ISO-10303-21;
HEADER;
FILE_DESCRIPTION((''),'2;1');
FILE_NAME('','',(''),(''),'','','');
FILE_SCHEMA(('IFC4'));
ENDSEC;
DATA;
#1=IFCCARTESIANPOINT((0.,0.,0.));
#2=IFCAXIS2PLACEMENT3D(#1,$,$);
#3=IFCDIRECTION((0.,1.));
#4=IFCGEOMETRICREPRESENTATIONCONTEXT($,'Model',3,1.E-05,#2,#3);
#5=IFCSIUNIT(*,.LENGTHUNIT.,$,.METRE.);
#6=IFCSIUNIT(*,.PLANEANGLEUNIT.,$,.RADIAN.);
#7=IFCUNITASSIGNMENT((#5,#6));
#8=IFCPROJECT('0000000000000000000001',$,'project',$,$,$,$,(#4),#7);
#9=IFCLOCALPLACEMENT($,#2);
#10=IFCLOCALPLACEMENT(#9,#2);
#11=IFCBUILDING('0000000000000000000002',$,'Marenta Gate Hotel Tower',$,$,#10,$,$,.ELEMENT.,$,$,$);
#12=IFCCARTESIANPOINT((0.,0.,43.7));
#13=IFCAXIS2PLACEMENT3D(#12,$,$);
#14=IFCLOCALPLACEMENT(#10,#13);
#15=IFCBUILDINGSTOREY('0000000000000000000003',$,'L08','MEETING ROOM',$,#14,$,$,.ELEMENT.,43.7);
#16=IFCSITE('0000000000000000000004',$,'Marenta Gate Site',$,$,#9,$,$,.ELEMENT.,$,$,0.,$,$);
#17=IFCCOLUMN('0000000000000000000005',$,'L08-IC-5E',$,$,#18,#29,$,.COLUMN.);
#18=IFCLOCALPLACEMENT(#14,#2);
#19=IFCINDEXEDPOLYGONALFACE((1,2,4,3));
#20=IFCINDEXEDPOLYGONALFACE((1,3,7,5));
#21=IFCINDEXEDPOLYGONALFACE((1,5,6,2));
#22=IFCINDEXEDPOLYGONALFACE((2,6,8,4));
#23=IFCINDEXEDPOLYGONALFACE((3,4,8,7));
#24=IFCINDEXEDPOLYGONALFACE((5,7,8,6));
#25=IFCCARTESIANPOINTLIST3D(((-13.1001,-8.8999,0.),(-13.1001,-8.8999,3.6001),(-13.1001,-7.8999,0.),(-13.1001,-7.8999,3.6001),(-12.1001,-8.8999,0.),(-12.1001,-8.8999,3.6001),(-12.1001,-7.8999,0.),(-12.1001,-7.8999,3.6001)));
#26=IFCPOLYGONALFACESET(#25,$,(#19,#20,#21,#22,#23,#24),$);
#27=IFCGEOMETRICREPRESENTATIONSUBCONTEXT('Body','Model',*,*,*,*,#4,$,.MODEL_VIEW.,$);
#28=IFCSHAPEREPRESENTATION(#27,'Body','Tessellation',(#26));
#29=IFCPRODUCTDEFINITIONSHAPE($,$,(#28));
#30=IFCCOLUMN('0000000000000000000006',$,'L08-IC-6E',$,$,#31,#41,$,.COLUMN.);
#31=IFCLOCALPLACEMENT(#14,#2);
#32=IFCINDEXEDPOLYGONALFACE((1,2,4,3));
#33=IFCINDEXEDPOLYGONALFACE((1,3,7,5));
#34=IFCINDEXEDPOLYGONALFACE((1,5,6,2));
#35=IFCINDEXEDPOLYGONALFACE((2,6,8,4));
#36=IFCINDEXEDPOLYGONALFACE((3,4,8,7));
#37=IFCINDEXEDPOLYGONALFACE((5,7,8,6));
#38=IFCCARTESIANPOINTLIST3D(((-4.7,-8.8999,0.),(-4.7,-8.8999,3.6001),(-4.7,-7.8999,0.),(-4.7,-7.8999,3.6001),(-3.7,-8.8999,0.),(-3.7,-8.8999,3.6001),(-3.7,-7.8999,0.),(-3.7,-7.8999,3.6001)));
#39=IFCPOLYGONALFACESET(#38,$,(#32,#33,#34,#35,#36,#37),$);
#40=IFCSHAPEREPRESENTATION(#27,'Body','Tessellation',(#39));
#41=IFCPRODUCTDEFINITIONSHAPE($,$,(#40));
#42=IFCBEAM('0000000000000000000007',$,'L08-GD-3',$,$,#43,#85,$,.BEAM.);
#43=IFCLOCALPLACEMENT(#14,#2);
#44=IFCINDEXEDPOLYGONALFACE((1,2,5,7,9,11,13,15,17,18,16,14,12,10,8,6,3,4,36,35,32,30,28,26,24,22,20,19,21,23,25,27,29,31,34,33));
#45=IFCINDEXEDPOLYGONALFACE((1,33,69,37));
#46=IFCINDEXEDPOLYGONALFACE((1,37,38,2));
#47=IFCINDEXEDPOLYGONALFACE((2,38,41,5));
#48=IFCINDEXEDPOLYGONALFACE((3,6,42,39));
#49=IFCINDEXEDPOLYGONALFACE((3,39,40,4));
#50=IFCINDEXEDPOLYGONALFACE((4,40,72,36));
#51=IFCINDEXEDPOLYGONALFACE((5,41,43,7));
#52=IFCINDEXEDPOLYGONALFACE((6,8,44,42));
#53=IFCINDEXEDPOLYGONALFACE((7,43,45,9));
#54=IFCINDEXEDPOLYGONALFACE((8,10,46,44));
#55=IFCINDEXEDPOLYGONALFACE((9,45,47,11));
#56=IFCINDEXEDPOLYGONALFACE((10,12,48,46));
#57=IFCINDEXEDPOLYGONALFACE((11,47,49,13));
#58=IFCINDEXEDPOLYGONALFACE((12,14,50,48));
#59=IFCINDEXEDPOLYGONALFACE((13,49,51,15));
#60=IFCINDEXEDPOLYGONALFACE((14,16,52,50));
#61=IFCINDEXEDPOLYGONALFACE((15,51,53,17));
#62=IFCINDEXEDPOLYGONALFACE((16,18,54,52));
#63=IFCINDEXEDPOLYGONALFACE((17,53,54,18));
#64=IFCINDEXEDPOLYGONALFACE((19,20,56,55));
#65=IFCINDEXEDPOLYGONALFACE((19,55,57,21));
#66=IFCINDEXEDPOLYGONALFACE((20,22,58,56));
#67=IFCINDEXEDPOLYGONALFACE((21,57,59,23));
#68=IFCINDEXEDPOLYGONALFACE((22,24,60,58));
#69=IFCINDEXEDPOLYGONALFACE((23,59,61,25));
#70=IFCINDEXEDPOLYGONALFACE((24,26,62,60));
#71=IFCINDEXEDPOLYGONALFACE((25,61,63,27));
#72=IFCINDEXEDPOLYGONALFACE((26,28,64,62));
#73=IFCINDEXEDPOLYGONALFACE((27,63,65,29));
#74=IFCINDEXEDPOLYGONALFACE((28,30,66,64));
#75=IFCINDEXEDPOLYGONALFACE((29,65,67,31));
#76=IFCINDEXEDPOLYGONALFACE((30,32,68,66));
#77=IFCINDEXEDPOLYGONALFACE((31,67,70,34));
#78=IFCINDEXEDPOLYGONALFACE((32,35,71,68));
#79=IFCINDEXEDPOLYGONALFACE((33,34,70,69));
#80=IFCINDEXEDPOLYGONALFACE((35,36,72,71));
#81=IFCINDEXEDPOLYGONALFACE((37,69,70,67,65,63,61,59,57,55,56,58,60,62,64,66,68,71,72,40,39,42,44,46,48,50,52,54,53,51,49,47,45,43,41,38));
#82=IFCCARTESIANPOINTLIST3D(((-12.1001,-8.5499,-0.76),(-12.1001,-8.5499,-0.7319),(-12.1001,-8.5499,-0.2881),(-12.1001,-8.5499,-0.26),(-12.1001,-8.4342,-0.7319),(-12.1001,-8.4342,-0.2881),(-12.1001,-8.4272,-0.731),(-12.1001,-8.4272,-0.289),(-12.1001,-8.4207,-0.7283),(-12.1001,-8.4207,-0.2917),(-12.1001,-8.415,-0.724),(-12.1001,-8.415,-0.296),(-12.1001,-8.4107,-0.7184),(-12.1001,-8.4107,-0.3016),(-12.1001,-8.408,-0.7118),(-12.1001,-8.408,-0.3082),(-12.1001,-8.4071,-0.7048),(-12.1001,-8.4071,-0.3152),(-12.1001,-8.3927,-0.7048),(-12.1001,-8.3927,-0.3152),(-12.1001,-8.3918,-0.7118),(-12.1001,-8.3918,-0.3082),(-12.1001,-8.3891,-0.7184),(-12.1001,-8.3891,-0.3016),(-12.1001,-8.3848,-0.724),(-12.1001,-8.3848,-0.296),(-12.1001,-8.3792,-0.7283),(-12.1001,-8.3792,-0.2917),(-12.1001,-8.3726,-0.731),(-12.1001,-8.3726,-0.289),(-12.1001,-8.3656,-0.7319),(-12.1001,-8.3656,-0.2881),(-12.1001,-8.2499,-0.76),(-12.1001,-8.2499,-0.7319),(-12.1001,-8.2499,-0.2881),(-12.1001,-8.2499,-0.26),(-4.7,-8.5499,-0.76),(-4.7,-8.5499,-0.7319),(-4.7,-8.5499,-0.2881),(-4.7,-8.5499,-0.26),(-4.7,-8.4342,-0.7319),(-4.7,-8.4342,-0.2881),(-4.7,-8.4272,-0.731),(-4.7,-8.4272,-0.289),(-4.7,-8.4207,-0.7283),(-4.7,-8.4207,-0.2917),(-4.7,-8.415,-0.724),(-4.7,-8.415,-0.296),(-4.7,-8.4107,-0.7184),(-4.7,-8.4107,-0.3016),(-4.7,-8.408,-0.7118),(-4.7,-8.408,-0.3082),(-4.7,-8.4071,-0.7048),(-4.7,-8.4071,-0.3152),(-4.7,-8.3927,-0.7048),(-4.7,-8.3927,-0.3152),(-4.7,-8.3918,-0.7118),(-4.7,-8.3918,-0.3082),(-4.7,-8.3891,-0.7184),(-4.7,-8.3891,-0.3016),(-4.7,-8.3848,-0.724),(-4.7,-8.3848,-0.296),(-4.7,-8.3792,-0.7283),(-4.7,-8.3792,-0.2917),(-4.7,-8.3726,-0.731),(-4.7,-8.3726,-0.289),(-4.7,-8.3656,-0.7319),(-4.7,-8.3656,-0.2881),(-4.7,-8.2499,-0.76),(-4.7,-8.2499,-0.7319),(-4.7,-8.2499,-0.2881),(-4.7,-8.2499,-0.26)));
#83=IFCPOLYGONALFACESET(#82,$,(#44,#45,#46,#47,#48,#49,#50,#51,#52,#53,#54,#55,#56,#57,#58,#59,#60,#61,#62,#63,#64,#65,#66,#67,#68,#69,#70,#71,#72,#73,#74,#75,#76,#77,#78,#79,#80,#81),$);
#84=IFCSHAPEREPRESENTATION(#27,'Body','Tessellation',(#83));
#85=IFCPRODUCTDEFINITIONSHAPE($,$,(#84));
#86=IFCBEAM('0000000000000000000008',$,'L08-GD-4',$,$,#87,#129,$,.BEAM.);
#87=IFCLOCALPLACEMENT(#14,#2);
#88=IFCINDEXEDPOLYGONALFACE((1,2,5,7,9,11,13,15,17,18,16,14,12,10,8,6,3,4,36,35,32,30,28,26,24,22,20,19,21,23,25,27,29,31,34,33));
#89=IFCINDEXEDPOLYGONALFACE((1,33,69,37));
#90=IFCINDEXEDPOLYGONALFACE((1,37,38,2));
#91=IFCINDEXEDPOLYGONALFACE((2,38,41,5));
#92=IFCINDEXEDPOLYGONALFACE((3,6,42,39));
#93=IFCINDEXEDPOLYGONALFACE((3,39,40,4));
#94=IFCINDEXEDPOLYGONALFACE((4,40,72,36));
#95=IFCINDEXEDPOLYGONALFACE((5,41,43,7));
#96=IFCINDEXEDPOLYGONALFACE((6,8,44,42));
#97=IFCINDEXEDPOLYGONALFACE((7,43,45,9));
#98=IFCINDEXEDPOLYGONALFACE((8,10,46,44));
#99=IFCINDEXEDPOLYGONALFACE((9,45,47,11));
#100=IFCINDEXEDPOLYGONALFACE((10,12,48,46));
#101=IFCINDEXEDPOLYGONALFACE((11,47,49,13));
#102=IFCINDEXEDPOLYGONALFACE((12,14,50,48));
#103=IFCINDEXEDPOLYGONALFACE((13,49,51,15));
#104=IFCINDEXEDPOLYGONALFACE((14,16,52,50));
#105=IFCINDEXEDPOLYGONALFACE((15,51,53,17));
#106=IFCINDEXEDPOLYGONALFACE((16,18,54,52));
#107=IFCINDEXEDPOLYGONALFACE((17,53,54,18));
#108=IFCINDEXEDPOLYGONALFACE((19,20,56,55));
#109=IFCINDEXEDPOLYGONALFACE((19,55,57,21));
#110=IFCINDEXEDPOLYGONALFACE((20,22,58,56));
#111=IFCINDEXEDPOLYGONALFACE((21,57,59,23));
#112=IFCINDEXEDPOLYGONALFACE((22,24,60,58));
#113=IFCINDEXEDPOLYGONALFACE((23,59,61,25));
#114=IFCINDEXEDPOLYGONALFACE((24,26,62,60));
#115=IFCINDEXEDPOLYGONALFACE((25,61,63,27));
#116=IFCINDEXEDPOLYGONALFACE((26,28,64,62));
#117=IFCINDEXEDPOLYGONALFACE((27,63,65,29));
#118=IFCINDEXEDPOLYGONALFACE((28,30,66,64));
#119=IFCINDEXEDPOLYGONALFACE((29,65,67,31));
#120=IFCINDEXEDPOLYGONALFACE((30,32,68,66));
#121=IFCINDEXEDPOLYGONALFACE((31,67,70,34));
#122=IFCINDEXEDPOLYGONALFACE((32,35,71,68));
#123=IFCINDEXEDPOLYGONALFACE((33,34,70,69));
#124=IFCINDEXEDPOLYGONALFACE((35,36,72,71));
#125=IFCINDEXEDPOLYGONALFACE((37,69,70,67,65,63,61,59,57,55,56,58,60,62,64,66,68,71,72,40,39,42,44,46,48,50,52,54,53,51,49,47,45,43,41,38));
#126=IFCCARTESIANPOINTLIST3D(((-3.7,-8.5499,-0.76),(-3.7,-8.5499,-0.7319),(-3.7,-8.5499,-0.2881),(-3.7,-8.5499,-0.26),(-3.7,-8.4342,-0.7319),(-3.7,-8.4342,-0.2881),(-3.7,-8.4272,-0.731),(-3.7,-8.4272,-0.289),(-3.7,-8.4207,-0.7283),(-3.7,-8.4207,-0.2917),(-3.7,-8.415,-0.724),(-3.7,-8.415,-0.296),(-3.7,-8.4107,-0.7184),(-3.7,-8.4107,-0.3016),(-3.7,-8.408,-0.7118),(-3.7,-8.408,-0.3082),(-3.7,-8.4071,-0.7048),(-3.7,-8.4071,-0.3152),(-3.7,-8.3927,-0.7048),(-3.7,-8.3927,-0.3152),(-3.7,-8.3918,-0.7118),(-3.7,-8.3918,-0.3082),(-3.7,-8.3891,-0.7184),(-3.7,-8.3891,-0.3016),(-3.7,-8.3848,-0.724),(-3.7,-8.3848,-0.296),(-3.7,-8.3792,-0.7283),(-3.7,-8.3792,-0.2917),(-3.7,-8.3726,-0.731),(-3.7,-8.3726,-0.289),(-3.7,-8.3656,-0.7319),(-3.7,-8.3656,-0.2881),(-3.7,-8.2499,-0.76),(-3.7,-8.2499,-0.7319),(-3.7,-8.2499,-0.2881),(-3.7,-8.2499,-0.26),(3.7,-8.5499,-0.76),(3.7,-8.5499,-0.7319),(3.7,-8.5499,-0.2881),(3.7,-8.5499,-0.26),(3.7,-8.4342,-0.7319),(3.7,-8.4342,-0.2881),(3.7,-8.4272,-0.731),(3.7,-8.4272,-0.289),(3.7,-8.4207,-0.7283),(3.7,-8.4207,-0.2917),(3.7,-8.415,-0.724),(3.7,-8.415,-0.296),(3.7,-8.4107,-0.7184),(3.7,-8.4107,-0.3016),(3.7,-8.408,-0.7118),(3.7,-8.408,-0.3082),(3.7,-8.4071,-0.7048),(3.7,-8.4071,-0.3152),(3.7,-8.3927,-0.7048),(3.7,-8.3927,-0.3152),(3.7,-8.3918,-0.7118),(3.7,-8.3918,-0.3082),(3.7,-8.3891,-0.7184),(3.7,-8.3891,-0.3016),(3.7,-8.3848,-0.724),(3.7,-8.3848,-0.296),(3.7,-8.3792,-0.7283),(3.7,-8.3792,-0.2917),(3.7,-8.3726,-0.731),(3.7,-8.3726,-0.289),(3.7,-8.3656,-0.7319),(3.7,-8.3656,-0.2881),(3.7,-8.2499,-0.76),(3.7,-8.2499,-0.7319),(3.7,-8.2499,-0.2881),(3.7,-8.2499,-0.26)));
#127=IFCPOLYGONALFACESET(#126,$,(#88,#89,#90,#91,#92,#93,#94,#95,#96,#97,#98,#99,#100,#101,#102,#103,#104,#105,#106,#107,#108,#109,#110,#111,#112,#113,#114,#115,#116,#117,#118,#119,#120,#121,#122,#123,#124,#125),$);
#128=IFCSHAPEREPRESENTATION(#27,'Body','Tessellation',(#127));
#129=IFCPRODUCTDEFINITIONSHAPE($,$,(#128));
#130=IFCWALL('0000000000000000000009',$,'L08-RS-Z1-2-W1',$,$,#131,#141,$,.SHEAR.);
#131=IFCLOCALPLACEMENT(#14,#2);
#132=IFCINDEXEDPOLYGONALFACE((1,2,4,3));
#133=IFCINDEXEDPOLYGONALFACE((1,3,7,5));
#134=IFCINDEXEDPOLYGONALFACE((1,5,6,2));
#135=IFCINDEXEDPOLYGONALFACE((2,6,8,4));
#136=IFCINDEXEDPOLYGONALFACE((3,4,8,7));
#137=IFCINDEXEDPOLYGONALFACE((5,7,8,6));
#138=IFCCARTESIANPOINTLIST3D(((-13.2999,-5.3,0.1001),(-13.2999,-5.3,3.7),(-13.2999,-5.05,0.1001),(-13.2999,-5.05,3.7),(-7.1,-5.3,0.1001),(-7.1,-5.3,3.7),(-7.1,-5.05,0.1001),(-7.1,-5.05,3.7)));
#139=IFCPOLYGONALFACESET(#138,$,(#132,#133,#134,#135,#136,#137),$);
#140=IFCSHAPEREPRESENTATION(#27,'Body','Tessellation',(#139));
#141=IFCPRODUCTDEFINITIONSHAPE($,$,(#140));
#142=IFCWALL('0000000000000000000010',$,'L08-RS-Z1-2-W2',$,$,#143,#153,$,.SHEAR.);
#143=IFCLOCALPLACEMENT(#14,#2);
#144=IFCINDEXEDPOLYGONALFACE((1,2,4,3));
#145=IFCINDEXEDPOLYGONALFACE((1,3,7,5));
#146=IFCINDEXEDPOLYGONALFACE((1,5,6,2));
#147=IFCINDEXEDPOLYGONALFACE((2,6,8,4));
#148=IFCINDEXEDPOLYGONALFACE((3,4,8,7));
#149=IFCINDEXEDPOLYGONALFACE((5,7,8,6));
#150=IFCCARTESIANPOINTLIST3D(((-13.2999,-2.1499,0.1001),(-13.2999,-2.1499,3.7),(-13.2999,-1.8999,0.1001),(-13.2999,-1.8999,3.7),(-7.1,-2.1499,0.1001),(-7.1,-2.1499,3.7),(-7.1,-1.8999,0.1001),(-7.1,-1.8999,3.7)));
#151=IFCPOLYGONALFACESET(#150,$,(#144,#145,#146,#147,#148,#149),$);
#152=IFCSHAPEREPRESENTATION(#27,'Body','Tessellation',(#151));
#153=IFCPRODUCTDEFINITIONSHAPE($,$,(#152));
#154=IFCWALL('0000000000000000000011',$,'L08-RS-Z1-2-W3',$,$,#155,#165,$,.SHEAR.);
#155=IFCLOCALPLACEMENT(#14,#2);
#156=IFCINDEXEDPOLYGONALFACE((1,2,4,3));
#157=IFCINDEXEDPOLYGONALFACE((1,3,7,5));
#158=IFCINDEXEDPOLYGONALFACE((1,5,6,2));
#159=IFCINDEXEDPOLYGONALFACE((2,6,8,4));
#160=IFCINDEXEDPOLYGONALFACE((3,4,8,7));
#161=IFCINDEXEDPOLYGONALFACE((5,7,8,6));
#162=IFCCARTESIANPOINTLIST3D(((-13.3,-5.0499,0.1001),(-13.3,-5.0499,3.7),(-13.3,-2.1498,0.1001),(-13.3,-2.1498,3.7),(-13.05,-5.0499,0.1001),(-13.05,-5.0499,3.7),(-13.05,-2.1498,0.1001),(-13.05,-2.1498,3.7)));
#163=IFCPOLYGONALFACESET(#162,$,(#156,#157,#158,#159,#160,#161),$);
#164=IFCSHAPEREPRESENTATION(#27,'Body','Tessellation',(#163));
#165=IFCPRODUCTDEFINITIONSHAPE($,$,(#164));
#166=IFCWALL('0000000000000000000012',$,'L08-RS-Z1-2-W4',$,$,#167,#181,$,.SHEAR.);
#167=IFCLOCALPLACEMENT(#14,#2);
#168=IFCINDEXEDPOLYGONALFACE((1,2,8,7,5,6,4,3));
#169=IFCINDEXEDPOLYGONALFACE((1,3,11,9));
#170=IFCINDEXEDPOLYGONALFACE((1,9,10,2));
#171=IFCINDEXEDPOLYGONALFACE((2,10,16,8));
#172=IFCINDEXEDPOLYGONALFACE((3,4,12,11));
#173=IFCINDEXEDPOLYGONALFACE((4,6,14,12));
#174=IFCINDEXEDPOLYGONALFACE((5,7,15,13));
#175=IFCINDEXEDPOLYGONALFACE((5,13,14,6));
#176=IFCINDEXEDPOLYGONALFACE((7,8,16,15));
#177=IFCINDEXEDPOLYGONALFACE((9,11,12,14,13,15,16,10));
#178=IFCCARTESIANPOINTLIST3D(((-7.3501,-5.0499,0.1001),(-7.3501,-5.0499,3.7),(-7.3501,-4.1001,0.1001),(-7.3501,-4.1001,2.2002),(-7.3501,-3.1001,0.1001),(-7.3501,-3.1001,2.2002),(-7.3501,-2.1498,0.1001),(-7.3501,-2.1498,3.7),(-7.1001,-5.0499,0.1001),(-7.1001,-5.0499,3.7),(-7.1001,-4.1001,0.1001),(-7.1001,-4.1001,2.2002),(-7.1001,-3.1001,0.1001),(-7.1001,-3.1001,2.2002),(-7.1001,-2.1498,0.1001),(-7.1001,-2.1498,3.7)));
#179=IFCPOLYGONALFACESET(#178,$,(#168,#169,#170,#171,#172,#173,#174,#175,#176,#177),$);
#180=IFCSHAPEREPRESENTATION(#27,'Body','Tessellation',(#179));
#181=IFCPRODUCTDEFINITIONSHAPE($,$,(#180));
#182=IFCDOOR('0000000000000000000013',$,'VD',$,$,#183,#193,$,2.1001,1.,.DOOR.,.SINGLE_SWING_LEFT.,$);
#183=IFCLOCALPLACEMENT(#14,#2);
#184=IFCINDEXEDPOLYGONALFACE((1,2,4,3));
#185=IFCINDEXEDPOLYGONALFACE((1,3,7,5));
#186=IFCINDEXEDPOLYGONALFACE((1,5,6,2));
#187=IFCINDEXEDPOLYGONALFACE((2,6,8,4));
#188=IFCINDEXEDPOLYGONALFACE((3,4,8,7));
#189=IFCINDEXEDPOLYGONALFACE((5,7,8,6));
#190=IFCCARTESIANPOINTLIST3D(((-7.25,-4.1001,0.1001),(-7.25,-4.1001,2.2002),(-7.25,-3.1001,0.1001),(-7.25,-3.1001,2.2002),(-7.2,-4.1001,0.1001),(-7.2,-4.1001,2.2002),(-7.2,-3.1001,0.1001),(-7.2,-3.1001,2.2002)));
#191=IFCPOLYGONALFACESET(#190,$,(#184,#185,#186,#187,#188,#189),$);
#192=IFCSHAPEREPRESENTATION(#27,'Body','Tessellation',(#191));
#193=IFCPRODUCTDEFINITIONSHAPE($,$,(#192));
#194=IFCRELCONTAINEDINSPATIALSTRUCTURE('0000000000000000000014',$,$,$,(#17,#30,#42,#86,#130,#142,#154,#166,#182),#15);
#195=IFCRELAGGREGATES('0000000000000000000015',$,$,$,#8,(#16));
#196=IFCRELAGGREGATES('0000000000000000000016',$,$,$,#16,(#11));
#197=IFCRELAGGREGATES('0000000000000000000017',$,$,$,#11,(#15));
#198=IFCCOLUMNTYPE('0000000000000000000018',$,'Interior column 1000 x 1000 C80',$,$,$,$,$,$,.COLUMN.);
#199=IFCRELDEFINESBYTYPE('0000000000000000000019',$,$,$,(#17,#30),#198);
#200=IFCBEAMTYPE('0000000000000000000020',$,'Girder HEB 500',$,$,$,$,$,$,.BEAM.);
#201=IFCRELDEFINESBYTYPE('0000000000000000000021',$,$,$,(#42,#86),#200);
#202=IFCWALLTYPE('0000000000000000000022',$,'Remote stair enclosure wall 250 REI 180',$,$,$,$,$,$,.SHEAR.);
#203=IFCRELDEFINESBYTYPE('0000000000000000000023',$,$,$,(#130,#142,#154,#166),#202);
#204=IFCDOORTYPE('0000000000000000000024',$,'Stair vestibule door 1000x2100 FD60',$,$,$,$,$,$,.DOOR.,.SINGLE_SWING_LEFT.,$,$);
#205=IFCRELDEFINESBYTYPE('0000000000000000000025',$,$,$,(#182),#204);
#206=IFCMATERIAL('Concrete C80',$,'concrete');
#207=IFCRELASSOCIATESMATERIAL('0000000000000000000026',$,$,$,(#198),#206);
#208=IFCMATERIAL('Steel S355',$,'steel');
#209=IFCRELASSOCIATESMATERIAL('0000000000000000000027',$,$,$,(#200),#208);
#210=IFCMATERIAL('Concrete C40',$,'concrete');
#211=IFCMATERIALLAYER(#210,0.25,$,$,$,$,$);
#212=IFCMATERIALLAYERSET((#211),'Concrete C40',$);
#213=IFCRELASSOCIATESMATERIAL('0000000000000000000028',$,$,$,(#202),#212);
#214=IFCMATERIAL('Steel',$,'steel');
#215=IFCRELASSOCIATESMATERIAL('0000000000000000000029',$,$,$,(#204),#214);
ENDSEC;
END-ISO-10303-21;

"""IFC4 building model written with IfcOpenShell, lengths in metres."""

from ifc_helpers import new_model, si_unit, direction, frame, frame_2d, origin, origin_2d, place, context, subcontext, project, spatial, rectangle, i_section, extrude, material, layer, layer_set, material_profile, profile_set, type_object, element, fill, save


model = new_model("IFC4")

# Units and contexts
model_context = context("Model", 3, precision=1e-05, world=origin(), true_north=direction((0.0, 1.0)))
body_context = subcontext(model_context, "Body", "Model", "MODEL_VIEW")
ifc_project = project(units=[si_unit("LENGTHUNIT", "METRE"), si_unit("PLANEANGLEUNIT", "RADIAN")], contexts=[model_context])

# Site, building, storey
site_placement = place(None, origin())
site = spatial("IfcSite", under=ifc_project, at=site_placement, Name="Marenta Gate Site", CompositionType="ELEMENT", RefElevation=0.0)
building_placement = place(site_placement, origin())
building = spatial("IfcBuilding", under=site, at=building_placement, Name="Marenta Gate Hotel Tower", CompositionType="ELEMENT")
storey_placement = place(building_placement, frame((0.0, 0.0, 43.7)))
storey = spatial("IfcBuildingStorey", under=building, at=storey_placement, Name="L08", Description="MEETING ROOM", CompositionType="ELEMENT", Elevation=43.7)

# Columns
ifc_material_1 = material(Name="Concrete C80", Category="concrete")
ifc_material_profile_1 = material_profile(ifc_material_1, rectangle(XDim=1.0, YDim=1.0, at=origin_2d()), Name="1000 x 1000")
ifc_profile_set_1 = profile_set([ifc_material_profile_1], Name="Concrete C80")
column_type = type_object("IfcColumnType", Name="Interior column 1000 x 1000 C80", PredefinedType="COLUMN", material=ifc_profile_set_1)
for number, where, z_axis, x_axis, name in (
    (1, (-12.6001, -8.3999, 0.0), (0.0, 0.0, 1.0), (1.0, 0.0, 0.0), "L08-IC-5E"),
    (2, (-4.2, -8.3999, 0.0), (0.0, 0.0, 1.0), (1.0, 0.0, 0.0), "L08-IC-6E"),
):
    element("IfcColumn", number, at=place(storey_placement, frame(where, z_axis=z_axis, x_axis=x_axis)), inside=storey, type_object=column_type, Name=name, PredefinedType="COLUMN", context=body_context, shape_type="SweptSolid", body=[
        extrude(rectangle(XDim=1.0, YDim=1.0, at=origin_2d()), origin(), (0.0, 0.0, 1.0), 3.6001),
    ])

# Beams
ifc_material_2 = material(Name="Steel S355", Category="steel")
ifc_material_profile_2 = material_profile(ifc_material_2, i_section(OverallWidth=0.3, OverallDepth=0.5, WebThickness=0.0144, FlangeThickness=0.0281, FilletRadius=0.0271, at=origin_2d()), Name="HEB 500")
ifc_profile_set_2 = profile_set([ifc_material_profile_2], Name="Steel S355")
beam_type = type_object("IfcBeamType", Name="Girder HEB 500", PredefinedType="BEAM", material=ifc_profile_set_2)
beam_1_placement = place(storey_placement, frame((-12.1001, -8.3999, -0.51), z_axis=(1.0, 0.0, 0.0), x_axis=(0.0, 1.0, 0.0)))
element("IfcBeam", 3, at=beam_1_placement, inside=storey, type_object=beam_type, Name="L08-GD-3", PredefinedType="BEAM", context=body_context, shape_type="SweptSolid", body=[
    extrude(i_section(OverallWidth=0.3, OverallDepth=0.5, WebThickness=0.0144, FlangeThickness=0.0281, FilletRadius=0.0271, at=origin_2d()), origin(), (0.0, 0.0, 1.0), 7.4001),
])
beam_2_placement = place(storey_placement, frame((-3.7, -8.3999, -0.51), z_axis=(1.0, 0.0, 0.0), x_axis=(0.0, 1.0, 0.0)))
element("IfcBeam", 4, at=beam_2_placement, inside=storey, type_object=beam_type, Name="L08-GD-4", PredefinedType="BEAM", context=body_context, shape_type="SweptSolid", body=[
    extrude(i_section(OverallWidth=0.3, OverallDepth=0.5, WebThickness=0.0144, FlangeThickness=0.0281, FilletRadius=0.0271, at=origin_2d()), origin(), (0.0, 0.0, 1.0), 7.3999),
])

# Walls
ifc_material_3 = material(Name="Concrete C40", Category="concrete")
ifc_layer_1 = layer(ifc_material_3, 0.25)
ifc_layer_set_1 = layer_set([ifc_layer_1], Name="Concrete C40")
wall_type_1 = type_object("IfcWallType", Name="Remote stair enclosure wall 250 REI 180", PredefinedType="SHEAR", material=ifc_layer_set_1)
for number, where, z_axis, x_axis, name in (
    (5, (-13.3, -5.175, 0.1001), (0.0, 0.0, 1.0), (1.0, 0.0, 0.0), "L08-RS-Z1-2-W1"),
    (6, (-13.3, -2.0249, 0.1001), (0.0, 0.0, 1.0), (1.0, 0.0, 0.0), "L08-RS-Z1-2-W2"),
):
    element("IfcWall", number, at=place(storey_placement, frame(where, z_axis=z_axis, x_axis=x_axis)), inside=storey, type_object=wall_type_1, Name=name, PredefinedType="SHEAR", context=body_context, shape_type="SweptSolid", body=[
        extrude(rectangle(XDim=6.2, YDim=0.25, at=frame_2d((3.1001, 0.0))), origin(), (0.0, 0.0, 1.0), 3.5999),
    ])
wall_1_placement = place(storey_placement, frame((-13.175, -5.05, 0.1001), z_axis=(0.0, 0.0, 1.0), x_axis=(0.0, 1.0, 0.0)))
element("IfcWall", 7, at=wall_1_placement, inside=storey, type_object=wall_type_1, Name="L08-RS-Z1-2-W3", PredefinedType="SHEAR", context=body_context, shape_type="SweptSolid", body=[
    extrude(rectangle(XDim=2.9001, YDim=0.25, at=frame_2d((1.4502, 0.0))), origin(), (0.0, 0.0, 1.0), 3.5999),
])

# Wall, opening, door
wall_2_placement = place(storey_placement, frame((-7.2251, -5.05, 0.1001), z_axis=(0.0, 0.0, 1.0), x_axis=(0.0, 1.0, 0.0)))
wall_2 = element("IfcWall", 8, at=wall_2_placement, inside=storey, type_object=wall_type_1, Name="L08-RS-Z1-2-W4", PredefinedType="SHEAR", context=body_context, shape_type="SweptSolid", body=[
    extrude(rectangle(XDim=2.9001, YDim=0.25, at=frame_2d((1.4502, 0.0))), origin(), (0.0, 0.0, 1.0), 3.5999),
])
opening_1_placement = place(wall_2_placement, frame((0.95, 0.0, 0.0)))
opening_1 = element("IfcOpeningElement", 9, at=opening_1_placement, cuts=wall_2, PredefinedType="OPENING", context=body_context, shape_type="SweptSolid", body=[
    extrude(rectangle(XDim=1.0, YDim=2.1001, at=frame_2d((0.5, 1.05))), frame((0.0, 0.125, 0.0), z_axis=(0.0, -1.0, 0.0), x_axis=(1.0, 0.0, 0.0)), (0.0, 0.0, 1.0), 0.25),
])
ifc_material_4 = material(Name="Steel", Category="steel")
door_type_1 = type_object("IfcDoorType", Name="Stair vestibule door 1000x2100 FD60", OperationType="SINGLE_SWING_LEFT", PredefinedType="DOOR", material=ifc_material_4)
door_1_placement = place(opening_1_placement, origin())
door_1 = element("IfcDoor", 10, at=door_1_placement, inside=storey, type_object=door_type_1, Name="VD", OperationType="SINGLE_SWING_LEFT", OverallHeight=2.1001, OverallWidth=1.0, PredefinedType="DOOR", context=body_context, shape_type="SweptSolid", body=[
    extrude(rectangle(XDim=1.0, YDim=2.1001, at=frame_2d((0.5, 1.05))), frame((0.0, 0.0249, 0.0), z_axis=(0.0, -1.0, 0.0), x_axis=(1.0, 0.0, 0.0)), (0.0, 0.0, 1.0), 0.05),
])
fill(opening_1, door_1)

save(model, "model.ifc")
